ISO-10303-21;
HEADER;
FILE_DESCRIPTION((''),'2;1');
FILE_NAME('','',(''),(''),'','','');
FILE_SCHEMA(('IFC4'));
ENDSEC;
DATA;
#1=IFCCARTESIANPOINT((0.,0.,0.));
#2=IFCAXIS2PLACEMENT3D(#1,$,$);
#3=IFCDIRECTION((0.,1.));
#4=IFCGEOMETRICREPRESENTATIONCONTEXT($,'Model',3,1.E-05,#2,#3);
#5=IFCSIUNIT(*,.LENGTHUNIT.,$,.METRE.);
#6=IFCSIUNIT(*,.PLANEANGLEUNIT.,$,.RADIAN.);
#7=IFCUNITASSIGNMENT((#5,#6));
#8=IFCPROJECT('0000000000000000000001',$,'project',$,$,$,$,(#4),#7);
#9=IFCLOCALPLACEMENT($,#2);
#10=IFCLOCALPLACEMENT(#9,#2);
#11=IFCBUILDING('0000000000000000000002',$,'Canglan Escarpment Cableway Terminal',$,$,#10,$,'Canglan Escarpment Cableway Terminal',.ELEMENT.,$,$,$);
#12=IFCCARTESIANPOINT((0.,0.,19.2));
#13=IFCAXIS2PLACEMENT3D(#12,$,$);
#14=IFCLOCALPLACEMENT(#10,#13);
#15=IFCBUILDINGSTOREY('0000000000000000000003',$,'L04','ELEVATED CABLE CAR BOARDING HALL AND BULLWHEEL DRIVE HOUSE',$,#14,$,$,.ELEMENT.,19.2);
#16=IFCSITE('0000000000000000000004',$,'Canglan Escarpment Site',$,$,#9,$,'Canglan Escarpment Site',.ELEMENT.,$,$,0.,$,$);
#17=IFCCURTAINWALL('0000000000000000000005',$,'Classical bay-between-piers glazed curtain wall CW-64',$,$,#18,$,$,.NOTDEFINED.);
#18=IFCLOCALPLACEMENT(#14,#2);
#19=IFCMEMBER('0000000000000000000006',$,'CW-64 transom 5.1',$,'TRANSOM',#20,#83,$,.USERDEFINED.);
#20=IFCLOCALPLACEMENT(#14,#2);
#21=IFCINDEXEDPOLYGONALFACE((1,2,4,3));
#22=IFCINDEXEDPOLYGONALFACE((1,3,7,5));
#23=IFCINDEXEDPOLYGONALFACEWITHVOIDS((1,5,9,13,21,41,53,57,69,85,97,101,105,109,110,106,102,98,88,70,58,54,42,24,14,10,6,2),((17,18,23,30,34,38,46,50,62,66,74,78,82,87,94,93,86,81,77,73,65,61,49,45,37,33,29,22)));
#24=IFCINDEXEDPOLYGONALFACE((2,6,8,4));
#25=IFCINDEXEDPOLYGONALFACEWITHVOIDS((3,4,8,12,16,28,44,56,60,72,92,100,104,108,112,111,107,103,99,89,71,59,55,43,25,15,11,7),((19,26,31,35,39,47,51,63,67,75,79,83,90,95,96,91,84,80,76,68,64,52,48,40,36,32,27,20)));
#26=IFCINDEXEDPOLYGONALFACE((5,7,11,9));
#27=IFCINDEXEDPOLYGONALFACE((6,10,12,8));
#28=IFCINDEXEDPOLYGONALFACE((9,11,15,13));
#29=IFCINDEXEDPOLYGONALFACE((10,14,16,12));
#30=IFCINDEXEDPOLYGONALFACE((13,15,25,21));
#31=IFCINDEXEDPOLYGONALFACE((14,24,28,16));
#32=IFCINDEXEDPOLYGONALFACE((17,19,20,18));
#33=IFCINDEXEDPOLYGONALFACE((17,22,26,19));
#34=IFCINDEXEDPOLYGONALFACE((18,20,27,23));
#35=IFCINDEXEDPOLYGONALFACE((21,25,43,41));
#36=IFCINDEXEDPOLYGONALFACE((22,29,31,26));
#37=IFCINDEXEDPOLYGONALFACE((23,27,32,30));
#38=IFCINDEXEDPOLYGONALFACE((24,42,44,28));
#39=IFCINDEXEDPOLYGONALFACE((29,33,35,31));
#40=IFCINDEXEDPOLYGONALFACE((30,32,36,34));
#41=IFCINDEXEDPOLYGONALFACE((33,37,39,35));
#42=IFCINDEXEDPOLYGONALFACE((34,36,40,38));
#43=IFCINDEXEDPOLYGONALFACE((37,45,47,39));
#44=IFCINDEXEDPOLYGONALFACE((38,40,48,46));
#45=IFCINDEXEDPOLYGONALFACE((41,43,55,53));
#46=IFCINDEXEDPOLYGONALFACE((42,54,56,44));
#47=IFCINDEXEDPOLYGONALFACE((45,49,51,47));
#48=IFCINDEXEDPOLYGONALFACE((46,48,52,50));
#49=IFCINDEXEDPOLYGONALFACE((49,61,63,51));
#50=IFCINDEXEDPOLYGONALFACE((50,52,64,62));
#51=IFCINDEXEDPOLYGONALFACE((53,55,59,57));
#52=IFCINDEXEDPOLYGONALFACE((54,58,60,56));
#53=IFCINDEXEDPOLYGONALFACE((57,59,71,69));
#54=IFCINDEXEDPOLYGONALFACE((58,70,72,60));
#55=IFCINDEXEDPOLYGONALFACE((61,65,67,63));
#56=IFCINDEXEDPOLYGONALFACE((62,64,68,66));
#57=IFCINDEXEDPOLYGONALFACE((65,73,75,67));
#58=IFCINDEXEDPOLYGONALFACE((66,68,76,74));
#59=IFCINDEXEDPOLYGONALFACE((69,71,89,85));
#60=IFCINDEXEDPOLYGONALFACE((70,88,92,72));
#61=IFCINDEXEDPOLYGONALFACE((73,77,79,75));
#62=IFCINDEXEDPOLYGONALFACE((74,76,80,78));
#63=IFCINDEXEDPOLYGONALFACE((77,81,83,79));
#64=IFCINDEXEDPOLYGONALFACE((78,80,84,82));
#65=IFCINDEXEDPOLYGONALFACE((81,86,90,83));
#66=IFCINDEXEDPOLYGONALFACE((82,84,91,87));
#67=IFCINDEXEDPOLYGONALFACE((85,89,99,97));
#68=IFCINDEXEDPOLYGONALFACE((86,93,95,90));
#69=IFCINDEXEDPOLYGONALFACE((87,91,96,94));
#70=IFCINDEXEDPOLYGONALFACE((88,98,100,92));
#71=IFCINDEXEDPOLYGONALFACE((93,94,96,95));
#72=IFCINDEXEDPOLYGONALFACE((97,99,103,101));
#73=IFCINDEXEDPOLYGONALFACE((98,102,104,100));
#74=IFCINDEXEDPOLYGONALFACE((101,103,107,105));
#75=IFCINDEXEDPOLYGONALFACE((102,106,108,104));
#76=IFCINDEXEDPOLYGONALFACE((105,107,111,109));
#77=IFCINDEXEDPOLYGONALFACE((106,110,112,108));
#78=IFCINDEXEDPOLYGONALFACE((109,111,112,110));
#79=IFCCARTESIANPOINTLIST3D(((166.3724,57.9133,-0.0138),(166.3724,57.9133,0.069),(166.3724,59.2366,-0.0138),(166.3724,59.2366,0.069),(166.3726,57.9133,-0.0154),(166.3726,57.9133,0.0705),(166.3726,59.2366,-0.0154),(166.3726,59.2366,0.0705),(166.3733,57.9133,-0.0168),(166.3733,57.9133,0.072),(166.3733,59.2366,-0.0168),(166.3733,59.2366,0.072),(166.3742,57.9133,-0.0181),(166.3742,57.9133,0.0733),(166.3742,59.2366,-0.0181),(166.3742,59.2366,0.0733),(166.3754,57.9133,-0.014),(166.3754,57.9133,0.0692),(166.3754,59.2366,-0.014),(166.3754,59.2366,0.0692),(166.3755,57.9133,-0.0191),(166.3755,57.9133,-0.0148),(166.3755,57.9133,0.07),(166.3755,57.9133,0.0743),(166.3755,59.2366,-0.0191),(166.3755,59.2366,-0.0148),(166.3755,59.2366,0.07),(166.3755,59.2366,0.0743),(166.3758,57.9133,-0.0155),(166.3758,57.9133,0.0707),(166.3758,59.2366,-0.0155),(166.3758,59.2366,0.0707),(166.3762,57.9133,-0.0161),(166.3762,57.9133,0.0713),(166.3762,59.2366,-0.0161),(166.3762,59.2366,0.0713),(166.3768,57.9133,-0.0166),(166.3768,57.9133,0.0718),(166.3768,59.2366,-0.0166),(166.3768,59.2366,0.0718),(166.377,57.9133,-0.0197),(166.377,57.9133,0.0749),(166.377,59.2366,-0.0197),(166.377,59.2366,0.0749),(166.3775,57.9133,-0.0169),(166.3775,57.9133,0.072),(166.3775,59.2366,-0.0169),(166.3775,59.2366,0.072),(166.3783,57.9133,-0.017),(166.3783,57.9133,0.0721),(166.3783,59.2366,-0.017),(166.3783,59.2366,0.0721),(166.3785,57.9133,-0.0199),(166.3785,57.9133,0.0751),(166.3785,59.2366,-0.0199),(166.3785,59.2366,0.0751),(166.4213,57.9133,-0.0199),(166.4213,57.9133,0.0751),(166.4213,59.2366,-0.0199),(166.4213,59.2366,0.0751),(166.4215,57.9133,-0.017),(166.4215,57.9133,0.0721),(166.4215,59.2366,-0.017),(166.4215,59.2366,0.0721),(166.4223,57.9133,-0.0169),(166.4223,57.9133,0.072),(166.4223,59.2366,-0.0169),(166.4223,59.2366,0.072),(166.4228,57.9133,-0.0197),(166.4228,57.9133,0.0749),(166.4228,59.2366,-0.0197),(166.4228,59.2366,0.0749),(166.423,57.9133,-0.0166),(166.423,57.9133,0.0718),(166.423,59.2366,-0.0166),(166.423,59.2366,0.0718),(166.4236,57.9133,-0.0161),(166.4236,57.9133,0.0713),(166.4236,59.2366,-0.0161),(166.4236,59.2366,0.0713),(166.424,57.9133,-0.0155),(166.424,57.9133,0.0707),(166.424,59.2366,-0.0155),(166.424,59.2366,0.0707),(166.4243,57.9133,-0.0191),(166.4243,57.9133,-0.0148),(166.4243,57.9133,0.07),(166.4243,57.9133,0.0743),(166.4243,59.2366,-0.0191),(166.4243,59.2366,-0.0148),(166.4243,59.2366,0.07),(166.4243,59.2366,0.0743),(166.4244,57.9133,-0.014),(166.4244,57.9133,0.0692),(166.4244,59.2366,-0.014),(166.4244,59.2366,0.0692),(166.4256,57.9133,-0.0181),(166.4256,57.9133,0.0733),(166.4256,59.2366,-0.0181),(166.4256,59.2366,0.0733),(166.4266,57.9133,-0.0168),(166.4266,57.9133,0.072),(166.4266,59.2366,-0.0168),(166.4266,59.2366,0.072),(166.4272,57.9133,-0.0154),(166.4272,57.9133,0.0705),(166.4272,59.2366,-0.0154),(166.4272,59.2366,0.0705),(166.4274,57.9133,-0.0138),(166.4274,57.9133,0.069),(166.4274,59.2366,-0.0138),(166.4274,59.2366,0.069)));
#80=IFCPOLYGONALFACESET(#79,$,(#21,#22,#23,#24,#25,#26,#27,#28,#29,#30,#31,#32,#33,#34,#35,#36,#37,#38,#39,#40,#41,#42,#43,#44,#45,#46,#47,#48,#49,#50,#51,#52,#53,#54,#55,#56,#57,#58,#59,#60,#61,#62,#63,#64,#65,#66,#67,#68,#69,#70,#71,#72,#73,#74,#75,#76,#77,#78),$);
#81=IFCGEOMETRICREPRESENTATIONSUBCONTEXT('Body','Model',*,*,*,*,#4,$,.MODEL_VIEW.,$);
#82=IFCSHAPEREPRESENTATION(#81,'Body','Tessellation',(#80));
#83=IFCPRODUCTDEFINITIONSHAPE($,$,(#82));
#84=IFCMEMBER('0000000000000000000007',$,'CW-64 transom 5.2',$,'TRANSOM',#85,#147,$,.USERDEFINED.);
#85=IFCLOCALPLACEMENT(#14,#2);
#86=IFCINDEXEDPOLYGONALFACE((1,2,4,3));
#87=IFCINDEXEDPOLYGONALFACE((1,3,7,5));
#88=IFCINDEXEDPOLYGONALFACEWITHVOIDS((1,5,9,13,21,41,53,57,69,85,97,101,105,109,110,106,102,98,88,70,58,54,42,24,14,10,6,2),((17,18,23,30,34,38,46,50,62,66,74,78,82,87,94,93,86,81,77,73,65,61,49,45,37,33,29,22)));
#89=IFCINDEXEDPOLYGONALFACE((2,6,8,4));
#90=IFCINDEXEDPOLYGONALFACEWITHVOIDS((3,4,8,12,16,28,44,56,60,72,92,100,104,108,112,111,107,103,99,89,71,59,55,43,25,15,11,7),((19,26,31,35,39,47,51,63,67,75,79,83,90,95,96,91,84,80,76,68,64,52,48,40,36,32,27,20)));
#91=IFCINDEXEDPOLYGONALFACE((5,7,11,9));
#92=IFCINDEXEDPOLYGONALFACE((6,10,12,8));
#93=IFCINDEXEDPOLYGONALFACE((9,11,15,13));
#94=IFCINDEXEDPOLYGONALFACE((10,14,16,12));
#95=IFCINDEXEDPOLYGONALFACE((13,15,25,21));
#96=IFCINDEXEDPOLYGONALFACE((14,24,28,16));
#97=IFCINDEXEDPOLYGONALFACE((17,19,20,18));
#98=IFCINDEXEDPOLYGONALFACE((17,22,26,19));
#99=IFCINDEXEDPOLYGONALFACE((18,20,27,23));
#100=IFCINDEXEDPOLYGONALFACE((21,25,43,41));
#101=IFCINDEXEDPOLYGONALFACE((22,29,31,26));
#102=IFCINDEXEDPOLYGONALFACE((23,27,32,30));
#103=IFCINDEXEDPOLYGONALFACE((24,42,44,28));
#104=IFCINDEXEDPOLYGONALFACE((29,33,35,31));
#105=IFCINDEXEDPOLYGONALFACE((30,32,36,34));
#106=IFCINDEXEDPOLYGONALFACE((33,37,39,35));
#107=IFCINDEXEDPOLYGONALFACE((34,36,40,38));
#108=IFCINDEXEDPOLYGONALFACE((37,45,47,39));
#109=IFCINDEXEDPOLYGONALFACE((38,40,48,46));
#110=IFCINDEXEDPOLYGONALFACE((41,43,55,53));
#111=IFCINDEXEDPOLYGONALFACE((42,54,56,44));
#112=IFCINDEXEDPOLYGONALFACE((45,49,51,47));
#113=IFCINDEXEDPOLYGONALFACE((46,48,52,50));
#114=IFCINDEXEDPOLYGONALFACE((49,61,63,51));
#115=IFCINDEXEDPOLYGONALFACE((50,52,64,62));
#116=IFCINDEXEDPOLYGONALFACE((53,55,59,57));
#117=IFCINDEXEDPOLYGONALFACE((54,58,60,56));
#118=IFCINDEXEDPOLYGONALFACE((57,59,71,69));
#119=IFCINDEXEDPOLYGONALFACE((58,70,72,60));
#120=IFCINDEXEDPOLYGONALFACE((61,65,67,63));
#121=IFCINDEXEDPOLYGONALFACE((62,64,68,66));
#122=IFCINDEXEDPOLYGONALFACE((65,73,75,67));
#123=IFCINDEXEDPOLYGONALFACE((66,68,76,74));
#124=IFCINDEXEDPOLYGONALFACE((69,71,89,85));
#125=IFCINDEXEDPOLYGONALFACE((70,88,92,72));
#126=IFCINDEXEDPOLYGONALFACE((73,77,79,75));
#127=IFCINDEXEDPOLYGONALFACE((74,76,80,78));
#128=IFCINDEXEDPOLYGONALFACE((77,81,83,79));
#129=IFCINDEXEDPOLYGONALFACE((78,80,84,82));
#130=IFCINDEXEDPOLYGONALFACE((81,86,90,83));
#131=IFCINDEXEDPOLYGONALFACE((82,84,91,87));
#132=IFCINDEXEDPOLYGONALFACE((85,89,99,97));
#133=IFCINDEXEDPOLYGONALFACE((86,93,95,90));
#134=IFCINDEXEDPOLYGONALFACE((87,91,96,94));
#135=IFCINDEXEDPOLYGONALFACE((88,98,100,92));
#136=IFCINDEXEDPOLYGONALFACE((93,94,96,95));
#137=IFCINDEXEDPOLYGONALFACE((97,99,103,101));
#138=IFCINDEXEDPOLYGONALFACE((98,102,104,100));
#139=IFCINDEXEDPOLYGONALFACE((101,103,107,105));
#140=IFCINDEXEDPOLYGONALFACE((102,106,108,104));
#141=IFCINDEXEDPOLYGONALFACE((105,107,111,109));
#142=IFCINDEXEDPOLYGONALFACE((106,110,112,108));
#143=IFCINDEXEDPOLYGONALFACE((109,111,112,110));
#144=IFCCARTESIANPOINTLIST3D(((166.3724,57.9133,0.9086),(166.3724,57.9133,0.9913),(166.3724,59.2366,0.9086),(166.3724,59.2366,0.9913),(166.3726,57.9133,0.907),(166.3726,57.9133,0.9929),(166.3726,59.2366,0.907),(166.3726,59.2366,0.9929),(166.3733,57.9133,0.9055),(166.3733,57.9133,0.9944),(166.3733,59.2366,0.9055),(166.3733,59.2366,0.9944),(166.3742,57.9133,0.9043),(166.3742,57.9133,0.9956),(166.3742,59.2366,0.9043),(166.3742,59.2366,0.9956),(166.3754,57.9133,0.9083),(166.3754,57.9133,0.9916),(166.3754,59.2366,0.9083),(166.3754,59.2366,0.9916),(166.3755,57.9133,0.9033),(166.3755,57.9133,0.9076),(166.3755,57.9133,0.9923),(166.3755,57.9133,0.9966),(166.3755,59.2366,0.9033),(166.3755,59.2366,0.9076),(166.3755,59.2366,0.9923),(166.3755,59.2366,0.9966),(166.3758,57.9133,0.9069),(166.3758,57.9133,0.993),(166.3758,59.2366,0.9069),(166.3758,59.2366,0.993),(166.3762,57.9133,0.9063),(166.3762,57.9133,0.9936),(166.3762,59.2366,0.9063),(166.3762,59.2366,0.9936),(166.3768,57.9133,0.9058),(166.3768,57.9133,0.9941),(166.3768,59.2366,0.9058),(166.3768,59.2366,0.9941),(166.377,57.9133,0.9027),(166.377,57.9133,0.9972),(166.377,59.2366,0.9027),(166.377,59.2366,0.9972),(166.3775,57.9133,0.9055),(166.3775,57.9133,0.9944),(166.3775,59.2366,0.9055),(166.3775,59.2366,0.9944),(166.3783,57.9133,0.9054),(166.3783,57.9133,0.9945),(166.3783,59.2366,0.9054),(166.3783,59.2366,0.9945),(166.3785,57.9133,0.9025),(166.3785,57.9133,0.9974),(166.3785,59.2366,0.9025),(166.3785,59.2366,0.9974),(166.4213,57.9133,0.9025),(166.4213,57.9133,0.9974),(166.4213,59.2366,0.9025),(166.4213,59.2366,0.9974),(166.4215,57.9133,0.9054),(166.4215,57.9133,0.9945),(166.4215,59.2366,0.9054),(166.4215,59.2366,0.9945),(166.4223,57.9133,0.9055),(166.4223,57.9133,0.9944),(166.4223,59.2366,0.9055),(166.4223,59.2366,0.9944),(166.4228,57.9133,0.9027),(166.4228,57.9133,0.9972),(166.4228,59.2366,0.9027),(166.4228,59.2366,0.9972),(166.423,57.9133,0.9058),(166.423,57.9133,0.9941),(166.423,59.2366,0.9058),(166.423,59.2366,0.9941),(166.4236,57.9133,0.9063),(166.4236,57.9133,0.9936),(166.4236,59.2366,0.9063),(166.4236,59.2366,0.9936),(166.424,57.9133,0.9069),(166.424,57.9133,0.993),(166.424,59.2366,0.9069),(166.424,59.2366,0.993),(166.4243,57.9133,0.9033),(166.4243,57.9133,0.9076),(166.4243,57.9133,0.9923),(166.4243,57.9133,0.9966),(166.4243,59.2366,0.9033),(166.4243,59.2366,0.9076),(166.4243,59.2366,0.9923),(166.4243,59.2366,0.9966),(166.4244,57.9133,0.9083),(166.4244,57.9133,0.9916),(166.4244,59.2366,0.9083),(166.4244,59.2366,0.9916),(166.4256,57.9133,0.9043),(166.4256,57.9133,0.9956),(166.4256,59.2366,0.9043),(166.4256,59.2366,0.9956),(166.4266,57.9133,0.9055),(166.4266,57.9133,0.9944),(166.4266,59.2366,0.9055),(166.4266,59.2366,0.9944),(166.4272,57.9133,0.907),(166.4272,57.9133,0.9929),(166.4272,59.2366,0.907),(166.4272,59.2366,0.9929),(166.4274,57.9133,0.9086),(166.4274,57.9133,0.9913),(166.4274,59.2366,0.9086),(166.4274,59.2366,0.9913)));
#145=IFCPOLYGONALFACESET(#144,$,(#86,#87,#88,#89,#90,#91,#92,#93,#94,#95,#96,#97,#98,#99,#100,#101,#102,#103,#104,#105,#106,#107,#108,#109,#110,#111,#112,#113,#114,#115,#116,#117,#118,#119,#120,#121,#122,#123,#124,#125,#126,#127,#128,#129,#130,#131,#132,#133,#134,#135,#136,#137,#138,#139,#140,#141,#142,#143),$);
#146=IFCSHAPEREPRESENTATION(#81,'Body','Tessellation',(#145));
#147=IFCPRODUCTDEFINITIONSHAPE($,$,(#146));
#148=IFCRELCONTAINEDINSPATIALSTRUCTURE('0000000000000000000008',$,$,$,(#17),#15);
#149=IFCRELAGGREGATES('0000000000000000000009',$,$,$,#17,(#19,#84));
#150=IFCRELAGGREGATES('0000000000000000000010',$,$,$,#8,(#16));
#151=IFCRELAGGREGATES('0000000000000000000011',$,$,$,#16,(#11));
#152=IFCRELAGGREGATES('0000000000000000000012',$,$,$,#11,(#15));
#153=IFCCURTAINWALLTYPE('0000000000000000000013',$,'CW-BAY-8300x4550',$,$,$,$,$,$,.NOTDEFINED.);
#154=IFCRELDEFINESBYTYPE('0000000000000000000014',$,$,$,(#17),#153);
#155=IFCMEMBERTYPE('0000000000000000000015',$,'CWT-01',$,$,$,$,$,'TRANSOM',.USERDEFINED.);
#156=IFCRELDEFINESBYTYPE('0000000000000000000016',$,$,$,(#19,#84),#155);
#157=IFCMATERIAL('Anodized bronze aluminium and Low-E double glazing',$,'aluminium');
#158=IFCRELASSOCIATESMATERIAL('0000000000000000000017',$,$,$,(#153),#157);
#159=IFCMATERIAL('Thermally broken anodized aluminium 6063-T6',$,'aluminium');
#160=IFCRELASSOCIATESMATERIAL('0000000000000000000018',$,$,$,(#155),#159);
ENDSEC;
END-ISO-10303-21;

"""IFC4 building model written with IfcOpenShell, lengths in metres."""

from ifc_helpers import new_model, si_unit, direction, frame, origin, origin_2d, place, context, subcontext, project, spatial, hollow_rectangle, extrude, material, material_profile, profile_set, type_object, element, aggregate, save


model = new_model("IFC4")

# Units and contexts
model_context = context("Model", 3, precision=1e-05, world=origin(), true_north=direction((0.0, 1.0)))
body_context = subcontext(model_context, "Body", "Model", "MODEL_VIEW")
ifc_project = project(units=[si_unit("LENGTHUNIT", "METRE"), si_unit("PLANEANGLEUNIT", "RADIAN")], contexts=[model_context])

# Site, building, storey
site_placement = place(None, origin())
site = spatial("IfcSite", under=ifc_project, at=site_placement, Name="Canglan Escarpment Site", LongName="Canglan Escarpment Site", CompositionType="ELEMENT", RefElevation=0.0)
building_placement = place(site_placement, origin())
building = spatial("IfcBuilding", under=site, at=building_placement, Name="Canglan Escarpment Cableway Terminal", LongName="Canglan Escarpment Cableway Terminal", CompositionType="ELEMENT")
storey_placement = place(building_placement, frame((0.0, 0.0, 19.2)))
storey = spatial("IfcBuildingStorey", under=building, at=storey_placement, Name="L04", Description="ELEVATED CABLE CAR BOARDING HALL AND BULLWHEEL DRIVE HOUSE", CompositionType="ELEMENT", Elevation=19.2)

# Curtain wall, members
ifc_material_1 = material(Name="Anodized bronze aluminium and Low-E double glazing", Category="aluminium")
curtain_wall_type = type_object("IfcCurtainWallType", Name="CW-BAY-8300x4550", PredefinedType="NOTDEFINED", material=ifc_material_1)
curtain_wall_placement = place(storey_placement, origin())
curtain_wall = element("IfcCurtainWall", 1, at=curtain_wall_placement, inside=storey, type_object=curtain_wall_type, Name="Classical bay-between-piers glazed curtain wall CW-64", PredefinedType="NOTDEFINED")
ifc_material_2 = material(Name="Thermally broken anodized aluminium 6063-T6", Category="aluminium")
ifc_material_profile_1 = material_profile(ifc_material_2, hollow_rectangle(XDim=0.0549, YDim=0.095, WallThickness=0.0029, InnerFilletRadius=0.0029, OuterFilletRadius=0.0061, at=origin_2d()), Name="ALU-TRAN 55x95x3")
ifc_profile_set_1 = profile_set([ifc_material_profile_1], Name="Thermally broken anodized aluminium 6063-T6")
member_type_1 = type_object("IfcMemberType", Name="CWT-01", ElementType="TRANSOM", PredefinedType="USERDEFINED", material=ifc_profile_set_1)
member_1_placement = place(storey_placement, frame((166.3999, 57.9133, 0.0276), z_axis=(0.0, 1.0, 0.0), x_axis=(-1.0, 0.0, 0.0)))
member_1 = element("IfcMember", 2, at=member_1_placement, type_object=member_type_1, Name="CW-64 transom 5.1", ObjectType="TRANSOM", PredefinedType="USERDEFINED", context=body_context, shape_type="SweptSolid", body=[
    extrude(hollow_rectangle(XDim=0.0549, YDim=0.095, WallThickness=0.0029, InnerFilletRadius=0.0029, OuterFilletRadius=0.0061, at=origin_2d()), origin(), (0.0, 0.0, 1.0), 1.3232),
])
member_2_placement = place(storey_placement, frame((166.3999, 57.9133, 0.95), z_axis=(0.0, 1.0, 0.0), x_axis=(-1.0, 0.0, 0.0)))
member_2 = element("IfcMember", 3, at=member_2_placement, type_object=member_type_1, Name="CW-64 transom 5.2", ObjectType="TRANSOM", PredefinedType="USERDEFINED", context=body_context, shape_type="SweptSolid", body=[
    extrude(hollow_rectangle(XDim=0.0549, YDim=0.095, WallThickness=0.0029, InnerFilletRadius=0.0029, OuterFilletRadius=0.0061, at=origin_2d()), origin(), (0.0, 0.0, 1.0), 1.3232),
])
aggregate(curtain_wall, [member_1, member_2])

save(model, "model.ifc")
